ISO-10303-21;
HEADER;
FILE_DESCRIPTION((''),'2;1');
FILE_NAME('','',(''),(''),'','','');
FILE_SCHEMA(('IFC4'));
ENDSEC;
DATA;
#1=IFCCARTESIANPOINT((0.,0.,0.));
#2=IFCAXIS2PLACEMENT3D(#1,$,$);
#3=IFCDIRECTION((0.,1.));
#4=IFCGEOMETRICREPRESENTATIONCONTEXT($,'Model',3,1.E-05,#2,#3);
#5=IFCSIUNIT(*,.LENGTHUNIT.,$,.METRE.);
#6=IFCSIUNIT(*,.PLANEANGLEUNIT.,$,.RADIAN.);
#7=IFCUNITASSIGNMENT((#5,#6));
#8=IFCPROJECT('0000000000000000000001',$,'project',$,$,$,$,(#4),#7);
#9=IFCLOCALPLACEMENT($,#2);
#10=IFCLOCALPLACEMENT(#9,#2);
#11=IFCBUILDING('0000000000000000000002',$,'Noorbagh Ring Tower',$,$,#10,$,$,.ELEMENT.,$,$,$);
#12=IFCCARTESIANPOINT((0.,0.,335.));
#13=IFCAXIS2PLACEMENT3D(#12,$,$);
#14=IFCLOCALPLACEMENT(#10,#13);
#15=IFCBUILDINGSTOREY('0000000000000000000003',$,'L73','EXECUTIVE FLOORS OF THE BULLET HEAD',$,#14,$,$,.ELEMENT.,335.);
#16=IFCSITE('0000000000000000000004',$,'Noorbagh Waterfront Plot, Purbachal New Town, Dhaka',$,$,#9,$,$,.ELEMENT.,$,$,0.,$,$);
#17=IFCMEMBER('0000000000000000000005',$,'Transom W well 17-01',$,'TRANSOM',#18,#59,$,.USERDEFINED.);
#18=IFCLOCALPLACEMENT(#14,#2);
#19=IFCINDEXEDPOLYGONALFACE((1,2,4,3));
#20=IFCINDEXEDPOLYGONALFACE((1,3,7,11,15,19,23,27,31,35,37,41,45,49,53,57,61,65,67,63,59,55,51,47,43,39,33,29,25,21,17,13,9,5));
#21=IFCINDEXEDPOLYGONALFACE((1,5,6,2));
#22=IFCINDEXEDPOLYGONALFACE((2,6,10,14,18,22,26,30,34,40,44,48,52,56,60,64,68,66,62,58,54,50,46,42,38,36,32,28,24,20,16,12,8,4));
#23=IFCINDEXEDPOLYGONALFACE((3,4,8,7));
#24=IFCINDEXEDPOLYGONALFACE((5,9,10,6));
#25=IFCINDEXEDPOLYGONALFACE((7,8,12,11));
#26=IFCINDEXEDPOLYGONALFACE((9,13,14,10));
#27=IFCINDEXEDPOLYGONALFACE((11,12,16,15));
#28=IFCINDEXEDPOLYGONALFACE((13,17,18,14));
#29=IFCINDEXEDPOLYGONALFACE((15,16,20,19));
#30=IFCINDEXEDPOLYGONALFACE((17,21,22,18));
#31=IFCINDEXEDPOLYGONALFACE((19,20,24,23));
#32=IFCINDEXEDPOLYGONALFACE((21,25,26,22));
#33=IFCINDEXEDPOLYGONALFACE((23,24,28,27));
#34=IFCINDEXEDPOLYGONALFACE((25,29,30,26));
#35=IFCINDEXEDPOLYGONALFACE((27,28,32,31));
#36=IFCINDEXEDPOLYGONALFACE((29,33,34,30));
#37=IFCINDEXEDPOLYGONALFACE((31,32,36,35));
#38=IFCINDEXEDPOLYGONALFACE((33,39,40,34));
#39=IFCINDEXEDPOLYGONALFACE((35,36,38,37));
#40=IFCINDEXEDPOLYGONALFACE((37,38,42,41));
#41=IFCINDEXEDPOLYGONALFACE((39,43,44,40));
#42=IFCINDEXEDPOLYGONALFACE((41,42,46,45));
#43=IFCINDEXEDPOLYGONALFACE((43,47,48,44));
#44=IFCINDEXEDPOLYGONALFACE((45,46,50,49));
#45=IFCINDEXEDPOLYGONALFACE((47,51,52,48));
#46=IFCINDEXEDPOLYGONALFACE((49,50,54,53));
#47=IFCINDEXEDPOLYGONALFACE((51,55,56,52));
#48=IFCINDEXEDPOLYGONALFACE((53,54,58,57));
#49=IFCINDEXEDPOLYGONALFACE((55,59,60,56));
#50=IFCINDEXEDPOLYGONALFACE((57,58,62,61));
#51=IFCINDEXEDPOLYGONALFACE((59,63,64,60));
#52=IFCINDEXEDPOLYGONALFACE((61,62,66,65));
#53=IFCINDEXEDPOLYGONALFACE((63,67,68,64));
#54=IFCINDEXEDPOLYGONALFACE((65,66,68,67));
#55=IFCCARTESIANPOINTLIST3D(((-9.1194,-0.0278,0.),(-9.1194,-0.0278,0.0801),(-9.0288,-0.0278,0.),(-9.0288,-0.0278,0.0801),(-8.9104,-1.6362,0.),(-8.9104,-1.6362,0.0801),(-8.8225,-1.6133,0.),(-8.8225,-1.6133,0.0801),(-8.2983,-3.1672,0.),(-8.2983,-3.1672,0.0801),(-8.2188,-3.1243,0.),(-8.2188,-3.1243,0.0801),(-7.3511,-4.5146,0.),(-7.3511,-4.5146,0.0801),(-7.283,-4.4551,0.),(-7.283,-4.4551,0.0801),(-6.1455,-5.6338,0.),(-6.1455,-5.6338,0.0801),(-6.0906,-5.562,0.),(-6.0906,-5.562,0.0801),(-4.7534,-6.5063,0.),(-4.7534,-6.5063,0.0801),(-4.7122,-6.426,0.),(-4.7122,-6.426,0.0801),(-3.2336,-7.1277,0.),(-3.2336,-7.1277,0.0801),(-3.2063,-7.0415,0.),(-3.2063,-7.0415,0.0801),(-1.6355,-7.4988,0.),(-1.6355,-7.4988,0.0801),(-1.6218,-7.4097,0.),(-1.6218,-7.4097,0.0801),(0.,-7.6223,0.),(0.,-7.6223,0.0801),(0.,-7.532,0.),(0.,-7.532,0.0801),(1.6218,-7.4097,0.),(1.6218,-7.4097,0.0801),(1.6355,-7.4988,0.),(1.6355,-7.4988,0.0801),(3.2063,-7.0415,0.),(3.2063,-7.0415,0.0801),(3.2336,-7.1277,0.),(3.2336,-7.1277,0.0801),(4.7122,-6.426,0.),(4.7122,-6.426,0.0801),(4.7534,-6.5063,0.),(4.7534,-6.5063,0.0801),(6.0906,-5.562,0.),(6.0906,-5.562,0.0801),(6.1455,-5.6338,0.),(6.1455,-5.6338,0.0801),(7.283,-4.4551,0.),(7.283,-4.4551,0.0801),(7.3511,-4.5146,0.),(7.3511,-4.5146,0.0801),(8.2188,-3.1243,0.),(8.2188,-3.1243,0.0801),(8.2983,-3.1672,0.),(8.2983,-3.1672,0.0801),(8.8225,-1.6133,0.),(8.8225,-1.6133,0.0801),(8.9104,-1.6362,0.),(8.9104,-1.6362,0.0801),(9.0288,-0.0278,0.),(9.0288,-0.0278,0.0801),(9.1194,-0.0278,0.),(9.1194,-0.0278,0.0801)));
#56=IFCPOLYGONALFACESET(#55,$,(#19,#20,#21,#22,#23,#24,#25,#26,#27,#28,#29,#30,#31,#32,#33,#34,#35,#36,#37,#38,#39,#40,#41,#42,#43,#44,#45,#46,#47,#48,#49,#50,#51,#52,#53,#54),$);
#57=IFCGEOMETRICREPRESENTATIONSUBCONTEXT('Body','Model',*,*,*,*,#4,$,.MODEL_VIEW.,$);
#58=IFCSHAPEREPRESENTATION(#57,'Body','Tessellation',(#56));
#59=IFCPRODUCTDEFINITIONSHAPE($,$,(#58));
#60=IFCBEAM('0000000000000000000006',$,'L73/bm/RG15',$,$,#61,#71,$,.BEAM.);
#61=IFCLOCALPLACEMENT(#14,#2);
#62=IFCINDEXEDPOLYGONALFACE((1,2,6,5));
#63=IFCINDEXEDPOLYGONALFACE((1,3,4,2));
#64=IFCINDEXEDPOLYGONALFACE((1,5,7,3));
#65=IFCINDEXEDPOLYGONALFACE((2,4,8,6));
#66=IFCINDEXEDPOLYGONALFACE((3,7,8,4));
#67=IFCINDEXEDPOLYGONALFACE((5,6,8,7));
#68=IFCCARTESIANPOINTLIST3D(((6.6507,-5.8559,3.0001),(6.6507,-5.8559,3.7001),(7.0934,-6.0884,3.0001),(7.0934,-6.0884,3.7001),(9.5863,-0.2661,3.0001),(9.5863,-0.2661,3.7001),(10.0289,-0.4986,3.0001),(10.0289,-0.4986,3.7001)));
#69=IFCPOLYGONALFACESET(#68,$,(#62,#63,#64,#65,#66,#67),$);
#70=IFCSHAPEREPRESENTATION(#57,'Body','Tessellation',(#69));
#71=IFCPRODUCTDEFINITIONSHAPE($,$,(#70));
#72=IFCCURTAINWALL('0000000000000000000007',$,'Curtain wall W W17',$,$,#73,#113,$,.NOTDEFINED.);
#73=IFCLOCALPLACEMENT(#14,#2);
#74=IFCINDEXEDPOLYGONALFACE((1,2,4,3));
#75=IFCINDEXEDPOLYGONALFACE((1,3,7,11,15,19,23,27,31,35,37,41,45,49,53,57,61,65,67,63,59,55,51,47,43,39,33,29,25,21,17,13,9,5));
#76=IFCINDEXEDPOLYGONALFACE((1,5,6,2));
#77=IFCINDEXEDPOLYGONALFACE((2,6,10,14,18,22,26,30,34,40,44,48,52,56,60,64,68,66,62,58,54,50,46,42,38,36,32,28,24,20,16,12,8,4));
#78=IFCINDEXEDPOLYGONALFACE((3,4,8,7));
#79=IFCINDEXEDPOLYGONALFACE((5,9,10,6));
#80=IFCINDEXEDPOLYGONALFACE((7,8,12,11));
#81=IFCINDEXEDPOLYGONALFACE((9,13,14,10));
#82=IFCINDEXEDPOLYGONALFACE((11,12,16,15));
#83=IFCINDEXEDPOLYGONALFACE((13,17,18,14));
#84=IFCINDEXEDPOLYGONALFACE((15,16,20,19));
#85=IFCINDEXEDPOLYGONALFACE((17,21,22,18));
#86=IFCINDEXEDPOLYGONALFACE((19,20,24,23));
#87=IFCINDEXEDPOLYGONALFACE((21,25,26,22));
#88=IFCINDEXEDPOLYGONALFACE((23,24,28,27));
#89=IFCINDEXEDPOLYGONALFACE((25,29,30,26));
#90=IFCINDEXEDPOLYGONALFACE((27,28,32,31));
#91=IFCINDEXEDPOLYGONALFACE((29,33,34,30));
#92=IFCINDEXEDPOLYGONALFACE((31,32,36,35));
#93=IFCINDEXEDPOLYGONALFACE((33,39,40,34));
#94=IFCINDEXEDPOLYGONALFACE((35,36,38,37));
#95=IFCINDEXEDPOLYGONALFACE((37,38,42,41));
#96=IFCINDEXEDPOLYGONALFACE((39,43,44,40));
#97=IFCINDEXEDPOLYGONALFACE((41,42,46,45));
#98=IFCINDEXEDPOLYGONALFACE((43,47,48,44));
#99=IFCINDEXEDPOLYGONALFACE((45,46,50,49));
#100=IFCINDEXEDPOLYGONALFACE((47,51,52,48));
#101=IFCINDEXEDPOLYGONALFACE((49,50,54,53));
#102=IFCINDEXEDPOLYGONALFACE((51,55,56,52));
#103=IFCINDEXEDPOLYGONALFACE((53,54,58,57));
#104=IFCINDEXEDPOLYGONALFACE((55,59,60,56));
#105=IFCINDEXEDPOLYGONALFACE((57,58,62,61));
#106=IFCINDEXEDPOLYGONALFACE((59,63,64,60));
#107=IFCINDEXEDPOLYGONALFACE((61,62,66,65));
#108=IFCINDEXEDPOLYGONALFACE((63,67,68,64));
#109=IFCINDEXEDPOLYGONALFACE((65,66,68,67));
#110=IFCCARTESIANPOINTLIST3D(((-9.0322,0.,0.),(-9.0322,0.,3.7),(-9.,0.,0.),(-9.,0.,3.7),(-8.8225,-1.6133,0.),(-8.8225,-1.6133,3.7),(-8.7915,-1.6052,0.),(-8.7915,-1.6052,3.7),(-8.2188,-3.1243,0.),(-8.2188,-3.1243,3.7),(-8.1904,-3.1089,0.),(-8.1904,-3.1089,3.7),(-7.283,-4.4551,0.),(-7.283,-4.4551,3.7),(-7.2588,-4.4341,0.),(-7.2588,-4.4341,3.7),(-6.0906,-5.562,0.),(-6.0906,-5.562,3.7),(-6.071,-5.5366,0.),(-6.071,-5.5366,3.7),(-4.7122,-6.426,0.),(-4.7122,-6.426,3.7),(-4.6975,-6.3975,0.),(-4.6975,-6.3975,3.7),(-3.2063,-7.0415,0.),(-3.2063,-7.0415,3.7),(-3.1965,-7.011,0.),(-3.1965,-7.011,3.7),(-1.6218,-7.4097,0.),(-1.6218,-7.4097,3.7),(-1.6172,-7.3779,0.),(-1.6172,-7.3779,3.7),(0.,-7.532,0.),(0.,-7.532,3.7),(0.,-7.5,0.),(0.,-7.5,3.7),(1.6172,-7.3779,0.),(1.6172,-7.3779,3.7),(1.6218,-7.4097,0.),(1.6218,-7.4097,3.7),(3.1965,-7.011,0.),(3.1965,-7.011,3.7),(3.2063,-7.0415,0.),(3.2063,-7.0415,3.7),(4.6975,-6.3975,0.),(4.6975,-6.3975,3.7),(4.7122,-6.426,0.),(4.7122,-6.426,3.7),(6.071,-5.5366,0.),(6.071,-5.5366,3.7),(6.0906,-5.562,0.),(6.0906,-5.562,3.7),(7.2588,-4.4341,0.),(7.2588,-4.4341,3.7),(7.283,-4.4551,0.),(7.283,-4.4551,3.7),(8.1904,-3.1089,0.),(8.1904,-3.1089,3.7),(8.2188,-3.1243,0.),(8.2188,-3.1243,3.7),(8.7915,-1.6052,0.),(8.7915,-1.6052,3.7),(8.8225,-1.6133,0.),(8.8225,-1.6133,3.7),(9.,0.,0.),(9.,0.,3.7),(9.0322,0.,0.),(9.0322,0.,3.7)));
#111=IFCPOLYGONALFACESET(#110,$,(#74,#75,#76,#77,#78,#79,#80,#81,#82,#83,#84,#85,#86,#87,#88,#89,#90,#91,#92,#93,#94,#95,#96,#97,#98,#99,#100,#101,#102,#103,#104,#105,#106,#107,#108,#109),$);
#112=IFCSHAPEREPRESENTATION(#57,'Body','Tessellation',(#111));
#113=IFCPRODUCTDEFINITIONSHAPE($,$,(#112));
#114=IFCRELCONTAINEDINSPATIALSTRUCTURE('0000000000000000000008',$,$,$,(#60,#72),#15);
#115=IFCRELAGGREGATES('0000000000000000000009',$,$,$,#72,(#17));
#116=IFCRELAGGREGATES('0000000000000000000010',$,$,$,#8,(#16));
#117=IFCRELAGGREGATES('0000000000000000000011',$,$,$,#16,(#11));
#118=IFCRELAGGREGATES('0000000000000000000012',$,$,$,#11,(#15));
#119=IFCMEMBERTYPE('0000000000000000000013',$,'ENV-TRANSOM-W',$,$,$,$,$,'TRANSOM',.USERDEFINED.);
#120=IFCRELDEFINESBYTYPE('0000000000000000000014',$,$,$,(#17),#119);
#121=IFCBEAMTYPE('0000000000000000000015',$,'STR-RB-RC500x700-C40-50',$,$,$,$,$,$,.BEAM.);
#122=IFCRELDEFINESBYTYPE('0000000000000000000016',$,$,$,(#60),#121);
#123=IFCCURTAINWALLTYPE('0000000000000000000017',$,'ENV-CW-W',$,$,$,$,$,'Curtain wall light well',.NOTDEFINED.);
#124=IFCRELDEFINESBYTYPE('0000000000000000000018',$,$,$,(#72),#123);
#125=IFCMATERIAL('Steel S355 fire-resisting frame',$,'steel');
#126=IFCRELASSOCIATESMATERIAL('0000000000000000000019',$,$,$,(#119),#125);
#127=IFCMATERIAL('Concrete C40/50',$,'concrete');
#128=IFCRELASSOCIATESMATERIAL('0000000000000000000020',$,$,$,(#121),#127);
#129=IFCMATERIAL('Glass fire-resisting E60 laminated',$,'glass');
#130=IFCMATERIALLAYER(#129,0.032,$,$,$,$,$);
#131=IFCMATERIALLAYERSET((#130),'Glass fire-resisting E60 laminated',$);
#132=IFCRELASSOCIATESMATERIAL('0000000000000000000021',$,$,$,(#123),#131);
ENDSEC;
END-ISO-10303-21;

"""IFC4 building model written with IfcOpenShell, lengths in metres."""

from ifc_helpers import new_model, si_unit, direction, frame, origin, origin_2d, place, context, subcontext, project, spatial, polyline, rectangle, outline, extrude, material, layer, layer_set, material_profile, profile_set, type_object, element, aggregate, save


model = new_model("IFC4")

# Units and contexts
model_context = context("Model", 3, precision=1e-05, world=origin(), true_north=direction((0.0, 1.0)))
body_context = subcontext(model_context, "Body", "Model", "MODEL_VIEW")
ifc_project = project(units=[si_unit("LENGTHUNIT", "METRE"), si_unit("PLANEANGLEUNIT", "RADIAN")], contexts=[model_context])

# Site, building, storey
site_placement = place(None, origin())
site = spatial("IfcSite", under=ifc_project, at=site_placement, Name="Noorbagh Waterfront Plot, Purbachal New Town, Dhaka", CompositionType="ELEMENT", RefElevation=0.0)
building_placement = place(site_placement, origin())
building = spatial("IfcBuilding", under=site, at=building_placement, Name="Noorbagh Ring Tower", CompositionType="ELEMENT")
storey_placement = place(building_placement, frame((0.0, 0.0, 335.0)))
storey = spatial("IfcBuildingStorey", under=building, at=storey_placement, Name="L73", Description="EXECUTIVE FLOORS OF THE BULLET HEAD", CompositionType="ELEMENT", Elevation=335.0)

# Member
ifc_material_1 = material(Name="Steel S355 fire-resisting frame", Category="steel")
member_type_1 = type_object("IfcMemberType", Name="ENV-TRANSOM-W", ElementType="TRANSOM", PredefinedType="USERDEFINED", material=ifc_material_1)
member_1_placement = place(storey_placement, origin())
member_1 = element("IfcMember", 1, at=member_1_placement, type_object=member_type_1, Name="Transom W well 17-01", ObjectType="TRANSOM", PredefinedType="USERDEFINED", context=body_context, shape_type="SweptSolid", body=[
    extrude(outline(polyline([(-9.1194, -0.0278), (-8.9104, -1.6362), (-8.2983, -3.1672), (-7.3511, -4.5146), (-6.1455, -5.6338), (-4.7534, -6.5063), (-3.2336, -7.1277), (-1.6355, -7.4988), (0.0, -7.6223), (1.6355, -7.4988), (3.2336, -7.1277), (4.7534, -6.5063), (6.1455, -5.6338), (7.3511, -4.5146), (8.2983, -3.1672), (8.9104, -1.6362), (9.1194, -0.0278), (9.0288, -0.0278), (8.8225, -1.6133), (8.2188, -3.1243), (7.283, -4.4551), (6.0906, -5.562), (4.7122, -6.426), (3.2063, -7.0415), (1.6218, -7.4097), (0.0, -7.532), (-1.6218, -7.4097), (-3.2063, -7.0415), (-4.7122, -6.426), (-6.0906, -5.562), (-7.283, -4.4551), (-8.2188, -3.1243), (-8.8225, -1.6133), (-9.0288, -0.0278), (-9.1194, -0.0278)])), origin(), (0.0, 0.0, 1.0), 0.0801),
])

# Beam
ifc_material_2 = material(Name="Concrete C40/50", Category="concrete")
ifc_material_profile_1 = material_profile(ifc_material_2, rectangle(XDim=0.5, YDim=0.7, at=origin_2d()), Name="RC500x700")
ifc_profile_set_1 = profile_set([ifc_material_profile_1], Name="Concrete C40/50")
beam_type = type_object("IfcBeamType", Name="STR-RB-RC500x700-C40-50", PredefinedType="BEAM", material=ifc_profile_set_1)
beam_placement = place(storey_placement, frame((6.8721, -5.9722, 3.3501), z_axis=(0.464943, 0.885341, 0.0), x_axis=(-0.885341, 0.464943, 0.0)))
element("IfcBeam", 2, at=beam_placement, inside=storey, type_object=beam_type, Name="L73/bm/RG15", PredefinedType="BEAM", context=body_context, shape_type="SweptSolid", body=[
    extrude(rectangle(XDim=0.5, YDim=0.7, at=origin_2d()), origin(), (0.0, 0.0, 1.0), 6.3137),
])

# Curtain wall
ifc_material_3 = material(Name="Glass fire-resisting E60 laminated", Category="glass")
ifc_layer_1 = layer(ifc_material_3, 0.032)
ifc_layer_set_1 = layer_set([ifc_layer_1], Name="Glass fire-resisting E60 laminated")
curtain_wall_type_1 = type_object("IfcCurtainWallType", Name="ENV-CW-W", ElementType="Curtain wall light well", PredefinedType="NOTDEFINED", material=ifc_layer_set_1)
curtain_wall_1_placement = place(storey_placement, origin())
curtain_wall_1 = element("IfcCurtainWall", 3, at=curtain_wall_1_placement, inside=storey, type_object=curtain_wall_type_1, Name="Curtain wall W W17", PredefinedType="NOTDEFINED", context=body_context, shape_type="SweptSolid", body=[
    extrude(outline(polyline([(-9.0322, 0.0), (-8.8225, -1.6133), (-8.2188, -3.1243), (-7.283, -4.4551), (-6.0906, -5.562), (-4.7122, -6.426), (-3.2063, -7.0415), (-1.6218, -7.4097), (0.0, -7.532), (1.6218, -7.4097), (3.2063, -7.0415), (4.7122, -6.426), (6.0906, -5.562), (7.283, -4.4551), (8.2188, -3.1243), (8.8225, -1.6133), (9.0322, 0.0), (9.0, 0.0), (8.7915, -1.6052), (8.1904, -3.1089), (7.2588, -4.4341), (6.071, -5.5366), (4.6975, -6.3975), (3.1965, -7.011), (1.6172, -7.3779), (0.0, -7.5), (-1.6172, -7.3779), (-3.1965, -7.011), (-4.6975, -6.3975), (-6.071, -5.5366), (-7.2588, -4.4341), (-8.1904, -3.1089), (-8.7915, -1.6052), (-9.0, 0.0), (-9.0322, 0.0)])), origin(), (0.0, 0.0, 1.0), 3.7),
])
aggregate(curtain_wall_1, [member_1])

save(model, "model.ifc")
